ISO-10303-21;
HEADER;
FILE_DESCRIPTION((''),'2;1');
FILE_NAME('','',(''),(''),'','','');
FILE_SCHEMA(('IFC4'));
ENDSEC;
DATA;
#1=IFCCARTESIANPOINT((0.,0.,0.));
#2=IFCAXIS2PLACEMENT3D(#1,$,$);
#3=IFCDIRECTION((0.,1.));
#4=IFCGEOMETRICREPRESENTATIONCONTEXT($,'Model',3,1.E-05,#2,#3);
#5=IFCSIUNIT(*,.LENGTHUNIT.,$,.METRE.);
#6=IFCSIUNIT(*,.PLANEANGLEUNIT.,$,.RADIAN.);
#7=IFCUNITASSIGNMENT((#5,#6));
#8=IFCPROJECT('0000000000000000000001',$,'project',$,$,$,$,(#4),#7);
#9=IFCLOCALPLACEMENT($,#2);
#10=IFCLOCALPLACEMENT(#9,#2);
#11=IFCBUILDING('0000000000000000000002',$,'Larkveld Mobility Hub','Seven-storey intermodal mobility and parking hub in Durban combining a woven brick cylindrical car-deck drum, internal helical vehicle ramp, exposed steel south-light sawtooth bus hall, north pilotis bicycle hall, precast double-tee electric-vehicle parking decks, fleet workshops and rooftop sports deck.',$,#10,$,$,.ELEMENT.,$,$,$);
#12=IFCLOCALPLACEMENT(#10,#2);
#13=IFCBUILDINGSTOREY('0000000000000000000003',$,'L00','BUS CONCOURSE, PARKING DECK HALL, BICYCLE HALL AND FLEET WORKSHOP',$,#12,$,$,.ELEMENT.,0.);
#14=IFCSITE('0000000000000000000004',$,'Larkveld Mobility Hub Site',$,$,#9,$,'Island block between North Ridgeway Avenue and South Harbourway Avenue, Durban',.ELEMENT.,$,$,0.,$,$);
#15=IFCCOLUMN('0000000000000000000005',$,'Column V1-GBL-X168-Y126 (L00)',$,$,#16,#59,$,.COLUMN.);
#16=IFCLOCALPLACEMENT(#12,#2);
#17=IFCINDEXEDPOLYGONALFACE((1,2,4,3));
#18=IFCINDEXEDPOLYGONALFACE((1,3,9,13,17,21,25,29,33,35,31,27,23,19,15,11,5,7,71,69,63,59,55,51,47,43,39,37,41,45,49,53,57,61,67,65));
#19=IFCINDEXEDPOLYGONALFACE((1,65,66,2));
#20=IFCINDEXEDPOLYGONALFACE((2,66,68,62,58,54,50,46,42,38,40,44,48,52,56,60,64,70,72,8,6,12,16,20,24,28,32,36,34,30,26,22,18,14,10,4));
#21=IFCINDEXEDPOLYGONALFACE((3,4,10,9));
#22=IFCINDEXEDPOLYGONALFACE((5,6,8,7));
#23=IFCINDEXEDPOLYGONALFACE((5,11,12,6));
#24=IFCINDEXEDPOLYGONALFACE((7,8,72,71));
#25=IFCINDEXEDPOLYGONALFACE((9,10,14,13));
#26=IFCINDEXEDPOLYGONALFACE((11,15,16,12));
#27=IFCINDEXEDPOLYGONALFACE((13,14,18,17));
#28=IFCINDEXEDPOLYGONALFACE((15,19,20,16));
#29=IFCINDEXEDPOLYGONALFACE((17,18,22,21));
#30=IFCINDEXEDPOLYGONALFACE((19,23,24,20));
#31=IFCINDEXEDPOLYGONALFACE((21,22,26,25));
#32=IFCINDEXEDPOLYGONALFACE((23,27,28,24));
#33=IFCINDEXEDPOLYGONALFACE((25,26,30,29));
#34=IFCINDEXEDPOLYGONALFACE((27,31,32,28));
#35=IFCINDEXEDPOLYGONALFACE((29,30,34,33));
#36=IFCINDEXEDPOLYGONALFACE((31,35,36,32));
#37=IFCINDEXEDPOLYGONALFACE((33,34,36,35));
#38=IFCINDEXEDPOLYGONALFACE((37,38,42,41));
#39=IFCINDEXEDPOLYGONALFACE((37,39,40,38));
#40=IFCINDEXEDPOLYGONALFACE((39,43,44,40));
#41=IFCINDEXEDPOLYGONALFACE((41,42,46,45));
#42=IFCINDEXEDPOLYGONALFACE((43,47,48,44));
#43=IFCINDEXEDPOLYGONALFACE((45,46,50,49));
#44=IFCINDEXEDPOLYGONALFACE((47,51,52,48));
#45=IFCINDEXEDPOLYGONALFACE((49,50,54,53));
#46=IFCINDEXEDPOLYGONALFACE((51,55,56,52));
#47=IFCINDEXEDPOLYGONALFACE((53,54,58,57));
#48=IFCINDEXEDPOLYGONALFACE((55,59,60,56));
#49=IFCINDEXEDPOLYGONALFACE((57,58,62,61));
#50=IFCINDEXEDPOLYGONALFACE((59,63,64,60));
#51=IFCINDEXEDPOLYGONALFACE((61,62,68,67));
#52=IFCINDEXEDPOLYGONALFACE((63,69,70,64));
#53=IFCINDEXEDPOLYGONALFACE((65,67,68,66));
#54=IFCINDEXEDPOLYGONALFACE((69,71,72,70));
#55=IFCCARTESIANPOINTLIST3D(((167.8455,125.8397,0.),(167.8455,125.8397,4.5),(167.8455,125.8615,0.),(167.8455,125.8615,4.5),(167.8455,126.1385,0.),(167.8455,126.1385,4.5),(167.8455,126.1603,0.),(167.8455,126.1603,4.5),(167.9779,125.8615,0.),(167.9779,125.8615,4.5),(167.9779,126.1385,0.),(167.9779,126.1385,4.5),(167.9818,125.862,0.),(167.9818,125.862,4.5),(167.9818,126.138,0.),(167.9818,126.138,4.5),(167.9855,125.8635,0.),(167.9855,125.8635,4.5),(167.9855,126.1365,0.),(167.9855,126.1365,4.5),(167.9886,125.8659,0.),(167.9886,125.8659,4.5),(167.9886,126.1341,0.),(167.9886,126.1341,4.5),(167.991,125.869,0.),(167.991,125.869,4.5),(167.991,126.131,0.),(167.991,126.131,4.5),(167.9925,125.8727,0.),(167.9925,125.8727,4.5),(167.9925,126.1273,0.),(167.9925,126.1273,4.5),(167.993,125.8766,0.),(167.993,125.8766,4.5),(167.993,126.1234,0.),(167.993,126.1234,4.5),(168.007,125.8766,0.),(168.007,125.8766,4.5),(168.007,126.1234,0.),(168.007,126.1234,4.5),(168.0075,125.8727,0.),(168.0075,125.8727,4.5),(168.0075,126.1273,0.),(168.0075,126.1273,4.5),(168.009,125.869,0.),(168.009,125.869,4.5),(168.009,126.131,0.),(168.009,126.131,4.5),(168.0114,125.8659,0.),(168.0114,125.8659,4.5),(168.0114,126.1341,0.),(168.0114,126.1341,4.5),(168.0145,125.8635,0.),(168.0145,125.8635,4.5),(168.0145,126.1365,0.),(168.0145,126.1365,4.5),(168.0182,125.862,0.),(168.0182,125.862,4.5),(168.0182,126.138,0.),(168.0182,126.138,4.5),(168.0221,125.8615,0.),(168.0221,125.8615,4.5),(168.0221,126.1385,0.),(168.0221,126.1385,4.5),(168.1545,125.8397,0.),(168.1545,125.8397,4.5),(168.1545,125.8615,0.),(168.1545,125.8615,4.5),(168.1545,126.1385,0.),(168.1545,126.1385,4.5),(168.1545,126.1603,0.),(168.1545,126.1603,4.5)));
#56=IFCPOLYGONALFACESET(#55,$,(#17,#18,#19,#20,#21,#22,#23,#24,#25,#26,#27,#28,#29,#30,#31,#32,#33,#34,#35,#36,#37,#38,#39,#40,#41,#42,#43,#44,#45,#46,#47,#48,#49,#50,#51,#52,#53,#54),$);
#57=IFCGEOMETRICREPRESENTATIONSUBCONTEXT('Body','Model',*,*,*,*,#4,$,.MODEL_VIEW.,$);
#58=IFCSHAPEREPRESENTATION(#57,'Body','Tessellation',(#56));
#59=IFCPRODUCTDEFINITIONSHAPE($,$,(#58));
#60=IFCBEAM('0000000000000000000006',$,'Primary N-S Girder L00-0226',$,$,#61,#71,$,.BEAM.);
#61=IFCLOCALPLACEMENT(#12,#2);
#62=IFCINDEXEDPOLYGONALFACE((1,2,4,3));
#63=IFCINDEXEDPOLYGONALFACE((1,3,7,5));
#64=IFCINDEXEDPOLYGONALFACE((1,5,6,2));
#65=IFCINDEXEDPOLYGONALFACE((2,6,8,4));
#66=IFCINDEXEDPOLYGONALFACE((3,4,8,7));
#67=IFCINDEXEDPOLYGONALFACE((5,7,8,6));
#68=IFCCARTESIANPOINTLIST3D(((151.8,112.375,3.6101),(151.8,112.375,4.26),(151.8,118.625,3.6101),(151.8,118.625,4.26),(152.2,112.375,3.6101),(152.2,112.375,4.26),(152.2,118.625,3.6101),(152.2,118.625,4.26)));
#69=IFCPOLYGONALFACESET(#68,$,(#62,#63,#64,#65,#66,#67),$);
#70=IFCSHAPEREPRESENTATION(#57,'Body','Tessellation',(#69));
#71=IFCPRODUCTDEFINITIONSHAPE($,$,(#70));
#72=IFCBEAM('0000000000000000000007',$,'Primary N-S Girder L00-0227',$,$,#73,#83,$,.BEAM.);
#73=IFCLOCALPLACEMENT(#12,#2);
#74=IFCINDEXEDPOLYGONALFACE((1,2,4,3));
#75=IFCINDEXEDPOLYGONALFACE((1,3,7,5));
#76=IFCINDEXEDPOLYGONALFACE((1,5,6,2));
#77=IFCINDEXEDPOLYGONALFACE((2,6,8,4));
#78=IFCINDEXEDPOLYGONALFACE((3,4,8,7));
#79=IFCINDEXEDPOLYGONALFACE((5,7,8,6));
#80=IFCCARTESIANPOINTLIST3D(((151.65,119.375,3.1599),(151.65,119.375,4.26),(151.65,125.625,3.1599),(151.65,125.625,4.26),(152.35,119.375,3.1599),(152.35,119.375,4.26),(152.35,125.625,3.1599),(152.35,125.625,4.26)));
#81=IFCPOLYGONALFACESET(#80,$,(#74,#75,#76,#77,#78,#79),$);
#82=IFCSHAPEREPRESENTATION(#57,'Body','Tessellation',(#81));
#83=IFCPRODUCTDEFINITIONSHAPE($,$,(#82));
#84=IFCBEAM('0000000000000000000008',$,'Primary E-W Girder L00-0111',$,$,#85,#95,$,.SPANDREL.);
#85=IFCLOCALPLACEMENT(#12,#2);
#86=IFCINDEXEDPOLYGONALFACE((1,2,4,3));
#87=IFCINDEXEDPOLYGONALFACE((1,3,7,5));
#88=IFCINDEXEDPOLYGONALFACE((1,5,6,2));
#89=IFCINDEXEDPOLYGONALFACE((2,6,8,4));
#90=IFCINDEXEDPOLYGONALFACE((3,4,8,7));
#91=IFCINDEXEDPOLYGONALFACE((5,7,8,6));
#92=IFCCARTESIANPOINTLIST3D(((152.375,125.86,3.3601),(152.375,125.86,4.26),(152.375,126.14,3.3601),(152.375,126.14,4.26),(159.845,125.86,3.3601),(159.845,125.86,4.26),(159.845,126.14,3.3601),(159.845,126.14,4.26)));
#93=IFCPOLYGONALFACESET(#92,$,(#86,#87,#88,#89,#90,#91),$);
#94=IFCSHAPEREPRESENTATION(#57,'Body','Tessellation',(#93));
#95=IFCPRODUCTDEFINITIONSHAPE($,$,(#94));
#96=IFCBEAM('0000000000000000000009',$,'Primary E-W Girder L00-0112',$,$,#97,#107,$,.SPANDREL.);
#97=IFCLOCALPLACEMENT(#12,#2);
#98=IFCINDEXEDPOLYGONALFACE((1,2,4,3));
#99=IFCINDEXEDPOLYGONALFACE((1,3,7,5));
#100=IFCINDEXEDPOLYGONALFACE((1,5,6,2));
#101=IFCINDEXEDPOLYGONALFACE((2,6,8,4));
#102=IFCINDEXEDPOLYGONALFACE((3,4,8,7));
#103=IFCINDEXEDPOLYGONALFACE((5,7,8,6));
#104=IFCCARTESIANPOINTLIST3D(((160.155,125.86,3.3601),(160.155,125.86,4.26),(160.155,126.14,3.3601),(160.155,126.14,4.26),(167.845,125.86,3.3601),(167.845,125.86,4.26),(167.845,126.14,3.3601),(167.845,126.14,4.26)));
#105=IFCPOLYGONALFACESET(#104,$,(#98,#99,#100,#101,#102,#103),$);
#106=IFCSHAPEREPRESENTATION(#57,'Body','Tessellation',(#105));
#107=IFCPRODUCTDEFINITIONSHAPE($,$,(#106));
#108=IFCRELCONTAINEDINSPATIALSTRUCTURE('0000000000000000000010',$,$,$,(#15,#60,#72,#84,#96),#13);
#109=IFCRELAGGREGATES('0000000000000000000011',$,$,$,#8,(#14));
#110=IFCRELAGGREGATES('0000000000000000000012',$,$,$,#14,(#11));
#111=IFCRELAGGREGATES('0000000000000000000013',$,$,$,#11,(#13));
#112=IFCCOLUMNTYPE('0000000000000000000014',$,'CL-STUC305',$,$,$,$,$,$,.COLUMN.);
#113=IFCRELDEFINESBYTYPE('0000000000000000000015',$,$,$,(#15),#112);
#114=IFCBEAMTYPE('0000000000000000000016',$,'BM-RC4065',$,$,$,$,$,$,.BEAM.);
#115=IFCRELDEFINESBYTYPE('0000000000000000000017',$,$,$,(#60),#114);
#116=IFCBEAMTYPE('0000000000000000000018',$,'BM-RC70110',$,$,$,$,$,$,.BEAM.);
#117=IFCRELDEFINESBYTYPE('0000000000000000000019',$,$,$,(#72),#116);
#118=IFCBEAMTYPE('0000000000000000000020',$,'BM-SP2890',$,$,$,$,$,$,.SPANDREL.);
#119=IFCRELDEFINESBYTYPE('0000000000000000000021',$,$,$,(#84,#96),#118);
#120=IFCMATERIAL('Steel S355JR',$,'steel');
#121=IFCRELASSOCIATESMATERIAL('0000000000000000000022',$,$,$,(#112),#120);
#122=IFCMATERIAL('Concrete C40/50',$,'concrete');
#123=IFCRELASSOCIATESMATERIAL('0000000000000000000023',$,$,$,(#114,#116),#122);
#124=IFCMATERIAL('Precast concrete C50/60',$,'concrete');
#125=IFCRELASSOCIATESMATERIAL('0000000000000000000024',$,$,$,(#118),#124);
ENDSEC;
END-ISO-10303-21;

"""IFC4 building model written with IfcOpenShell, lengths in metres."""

from ifc_helpers import new_model, si_unit, direction, frame, origin, origin_2d, place, context, subcontext, project, spatial, rectangle, i_section, extrude, material, material_profile, profile_set, type_object, element, save


model = new_model("IFC4")

# Units and contexts
model_context = context("Model", 3, precision=1e-05, world=origin(), true_north=direction((0.0, 1.0)))
body_context = subcontext(model_context, "Body", "Model", "MODEL_VIEW")
ifc_project = project(units=[si_unit("LENGTHUNIT", "METRE"), si_unit("PLANEANGLEUNIT", "RADIAN")], contexts=[model_context])

# Site, building, storey
site_placement = place(None, origin())
site = spatial("IfcSite", under=ifc_project, at=site_placement, Name="Larkveld Mobility Hub Site", LongName="Island block between North Ridgeway Avenue and South Harbourway Avenue, Durban", CompositionType="ELEMENT", RefElevation=0.0)
building_placement = place(site_placement, origin())
building = spatial("IfcBuilding", under=site, at=building_placement, Name="Larkveld Mobility Hub", Description="Seven-storey intermodal mobility and parking hub in Durban combining a woven brick cylindrical car-deck drum, internal helical vehicle ramp, exposed steel south-light sawtooth bus hall, north pilotis bicycle hall, precast double-tee electric-vehicle parking decks, fleet workshops and rooftop sports deck.", CompositionType="ELEMENT")
storey_placement = place(building_placement, origin())
storey = spatial("IfcBuildingStorey", under=building, at=storey_placement, Name="L00", Description="BUS CONCOURSE, PARKING DECK HALL, BICYCLE HALL AND FLEET WORKSHOP", CompositionType="ELEMENT", Elevation=0.0)

# Column
ifc_material_1 = material(Name="Concrete C40/50", Category="concrete")
ifc_material_2 = material(Name="Steel S355JR", Category="steel")
ifc_material_profile_1 = material_profile(ifc_material_2, i_section(OverallWidth=0.3091, OverallDepth=0.3206, WebThickness=0.0139, FlangeThickness=0.0217, FilletRadius=0.0151, at=origin_2d()), Name="UC 305x305x137")
ifc_profile_set_1 = profile_set([ifc_material_profile_1], Name="Steel S355JR")
column_type_1 = type_object("IfcColumnType", Name="CL-STUC305", PredefinedType="COLUMN", material=ifc_profile_set_1)
for number, where, z_axis, x_axis, name in (
    (1, (168.0, 126.0, 0.0), (0.0, 0.0, 1.0), (1.0, 0.0, 0.0), "Column V1-GBL-X168-Y126 (L00)"),
):
    element("IfcColumn", number, at=place(storey_placement, frame(where, z_axis=z_axis, x_axis=x_axis)), inside=storey, type_object=column_type_1, Name=name, PredefinedType="COLUMN", context=body_context, shape_type="SweptSolid", body=[
        extrude(i_section(OverallWidth=0.3091, OverallDepth=0.3206, WebThickness=0.0139, FlangeThickness=0.0217, FilletRadius=0.0151, at=origin_2d()), origin(), (0.0, 0.0, 1.0), 4.5),
    ])

# Beams
ifc_material_profile_2 = material_profile(ifc_material_1, rectangle(XDim=0.3999, YDim=0.6499, at=origin_2d()), Name="RC BM 400x650")
ifc_profile_set_2 = profile_set([ifc_material_profile_2], Name="Concrete C40/50")
beam_type_1 = type_object("IfcBeamType", Name="BM-RC4065", PredefinedType="BEAM", material=ifc_profile_set_2)
beam_1_placement = place(storey_placement, frame((152.0, 112.375, 3.9351), z_axis=(0.0, 1.0, 0.0), x_axis=(-1.0, 0.0, 0.0)))
element("IfcBeam", 2, at=beam_1_placement, inside=storey, type_object=beam_type_1, Name="Primary N-S Girder L00-0226", PredefinedType="BEAM", context=body_context, shape_type="SweptSolid", body=[
    extrude(rectangle(XDim=0.3999, YDim=0.6499, at=origin_2d()), origin(), (0.0, 0.0, 1.0), 6.25),
])
ifc_material_profile_3 = material_profile(ifc_material_1, rectangle(XDim=0.7, YDim=1.1001, at=origin_2d()), Name="RC BM 700x1100")
ifc_profile_set_3 = profile_set([ifc_material_profile_3], Name="Concrete C40/50")
beam_type_2 = type_object("IfcBeamType", Name="BM-RC70110", PredefinedType="BEAM", material=ifc_profile_set_3)
beam_2_placement = place(storey_placement, frame((152.0, 119.375, 3.71), z_axis=(0.0, 1.0, 0.0), x_axis=(-1.0, 0.0, 0.0)))
element("IfcBeam", 3, at=beam_2_placement, inside=storey, type_object=beam_type_2, Name="Primary N-S Girder L00-0227", PredefinedType="BEAM", context=body_context, shape_type="SweptSolid", body=[
    extrude(rectangle(XDim=0.7, YDim=1.1001, at=origin_2d()), origin(), (0.0, 0.0, 1.0), 6.25),
])
ifc_material_3 = material(Name="Precast concrete C50/60", Category="concrete")
ifc_material_profile_4 = material_profile(ifc_material_3, rectangle(XDim=0.28, YDim=0.8999, at=origin_2d()), Name="PC SP 280x900")
ifc_profile_set_4 = profile_set([ifc_material_profile_4], Name="Precast concrete C50/60")
beam_type_3 = type_object("IfcBeamType", Name="BM-SP2890", PredefinedType="SPANDREL", material=ifc_profile_set_4)
beam_3_placement = place(storey_placement, frame((152.375, 126.0, 3.8101), z_axis=(1.0, 0.0, 0.0), x_axis=(0.0, 1.0, 0.0)))
element("IfcBeam", 4, at=beam_3_placement, inside=storey, type_object=beam_type_3, Name="Primary E-W Girder L00-0111", PredefinedType="SPANDREL", context=body_context, shape_type="SweptSolid", body=[
    extrude(rectangle(XDim=0.28, YDim=0.8999, at=origin_2d()), origin(), (0.0, 0.0, 1.0), 7.47),
])
beam_4_placement = place(storey_placement, frame((160.155, 126.0, 3.8101), z_axis=(1.0, 0.0, 0.0), x_axis=(0.0, 1.0, 0.0)))
element("IfcBeam", 5, at=beam_4_placement, inside=storey, type_object=beam_type_3, Name="Primary E-W Girder L00-0112", PredefinedType="SPANDREL", context=body_context, shape_type="SweptSolid", body=[
    extrude(rectangle(XDim=0.28, YDim=0.8999, at=origin_2d()), origin(), (0.0, 0.0, 1.0), 7.6899),
])

save(model, "model.ifc")
